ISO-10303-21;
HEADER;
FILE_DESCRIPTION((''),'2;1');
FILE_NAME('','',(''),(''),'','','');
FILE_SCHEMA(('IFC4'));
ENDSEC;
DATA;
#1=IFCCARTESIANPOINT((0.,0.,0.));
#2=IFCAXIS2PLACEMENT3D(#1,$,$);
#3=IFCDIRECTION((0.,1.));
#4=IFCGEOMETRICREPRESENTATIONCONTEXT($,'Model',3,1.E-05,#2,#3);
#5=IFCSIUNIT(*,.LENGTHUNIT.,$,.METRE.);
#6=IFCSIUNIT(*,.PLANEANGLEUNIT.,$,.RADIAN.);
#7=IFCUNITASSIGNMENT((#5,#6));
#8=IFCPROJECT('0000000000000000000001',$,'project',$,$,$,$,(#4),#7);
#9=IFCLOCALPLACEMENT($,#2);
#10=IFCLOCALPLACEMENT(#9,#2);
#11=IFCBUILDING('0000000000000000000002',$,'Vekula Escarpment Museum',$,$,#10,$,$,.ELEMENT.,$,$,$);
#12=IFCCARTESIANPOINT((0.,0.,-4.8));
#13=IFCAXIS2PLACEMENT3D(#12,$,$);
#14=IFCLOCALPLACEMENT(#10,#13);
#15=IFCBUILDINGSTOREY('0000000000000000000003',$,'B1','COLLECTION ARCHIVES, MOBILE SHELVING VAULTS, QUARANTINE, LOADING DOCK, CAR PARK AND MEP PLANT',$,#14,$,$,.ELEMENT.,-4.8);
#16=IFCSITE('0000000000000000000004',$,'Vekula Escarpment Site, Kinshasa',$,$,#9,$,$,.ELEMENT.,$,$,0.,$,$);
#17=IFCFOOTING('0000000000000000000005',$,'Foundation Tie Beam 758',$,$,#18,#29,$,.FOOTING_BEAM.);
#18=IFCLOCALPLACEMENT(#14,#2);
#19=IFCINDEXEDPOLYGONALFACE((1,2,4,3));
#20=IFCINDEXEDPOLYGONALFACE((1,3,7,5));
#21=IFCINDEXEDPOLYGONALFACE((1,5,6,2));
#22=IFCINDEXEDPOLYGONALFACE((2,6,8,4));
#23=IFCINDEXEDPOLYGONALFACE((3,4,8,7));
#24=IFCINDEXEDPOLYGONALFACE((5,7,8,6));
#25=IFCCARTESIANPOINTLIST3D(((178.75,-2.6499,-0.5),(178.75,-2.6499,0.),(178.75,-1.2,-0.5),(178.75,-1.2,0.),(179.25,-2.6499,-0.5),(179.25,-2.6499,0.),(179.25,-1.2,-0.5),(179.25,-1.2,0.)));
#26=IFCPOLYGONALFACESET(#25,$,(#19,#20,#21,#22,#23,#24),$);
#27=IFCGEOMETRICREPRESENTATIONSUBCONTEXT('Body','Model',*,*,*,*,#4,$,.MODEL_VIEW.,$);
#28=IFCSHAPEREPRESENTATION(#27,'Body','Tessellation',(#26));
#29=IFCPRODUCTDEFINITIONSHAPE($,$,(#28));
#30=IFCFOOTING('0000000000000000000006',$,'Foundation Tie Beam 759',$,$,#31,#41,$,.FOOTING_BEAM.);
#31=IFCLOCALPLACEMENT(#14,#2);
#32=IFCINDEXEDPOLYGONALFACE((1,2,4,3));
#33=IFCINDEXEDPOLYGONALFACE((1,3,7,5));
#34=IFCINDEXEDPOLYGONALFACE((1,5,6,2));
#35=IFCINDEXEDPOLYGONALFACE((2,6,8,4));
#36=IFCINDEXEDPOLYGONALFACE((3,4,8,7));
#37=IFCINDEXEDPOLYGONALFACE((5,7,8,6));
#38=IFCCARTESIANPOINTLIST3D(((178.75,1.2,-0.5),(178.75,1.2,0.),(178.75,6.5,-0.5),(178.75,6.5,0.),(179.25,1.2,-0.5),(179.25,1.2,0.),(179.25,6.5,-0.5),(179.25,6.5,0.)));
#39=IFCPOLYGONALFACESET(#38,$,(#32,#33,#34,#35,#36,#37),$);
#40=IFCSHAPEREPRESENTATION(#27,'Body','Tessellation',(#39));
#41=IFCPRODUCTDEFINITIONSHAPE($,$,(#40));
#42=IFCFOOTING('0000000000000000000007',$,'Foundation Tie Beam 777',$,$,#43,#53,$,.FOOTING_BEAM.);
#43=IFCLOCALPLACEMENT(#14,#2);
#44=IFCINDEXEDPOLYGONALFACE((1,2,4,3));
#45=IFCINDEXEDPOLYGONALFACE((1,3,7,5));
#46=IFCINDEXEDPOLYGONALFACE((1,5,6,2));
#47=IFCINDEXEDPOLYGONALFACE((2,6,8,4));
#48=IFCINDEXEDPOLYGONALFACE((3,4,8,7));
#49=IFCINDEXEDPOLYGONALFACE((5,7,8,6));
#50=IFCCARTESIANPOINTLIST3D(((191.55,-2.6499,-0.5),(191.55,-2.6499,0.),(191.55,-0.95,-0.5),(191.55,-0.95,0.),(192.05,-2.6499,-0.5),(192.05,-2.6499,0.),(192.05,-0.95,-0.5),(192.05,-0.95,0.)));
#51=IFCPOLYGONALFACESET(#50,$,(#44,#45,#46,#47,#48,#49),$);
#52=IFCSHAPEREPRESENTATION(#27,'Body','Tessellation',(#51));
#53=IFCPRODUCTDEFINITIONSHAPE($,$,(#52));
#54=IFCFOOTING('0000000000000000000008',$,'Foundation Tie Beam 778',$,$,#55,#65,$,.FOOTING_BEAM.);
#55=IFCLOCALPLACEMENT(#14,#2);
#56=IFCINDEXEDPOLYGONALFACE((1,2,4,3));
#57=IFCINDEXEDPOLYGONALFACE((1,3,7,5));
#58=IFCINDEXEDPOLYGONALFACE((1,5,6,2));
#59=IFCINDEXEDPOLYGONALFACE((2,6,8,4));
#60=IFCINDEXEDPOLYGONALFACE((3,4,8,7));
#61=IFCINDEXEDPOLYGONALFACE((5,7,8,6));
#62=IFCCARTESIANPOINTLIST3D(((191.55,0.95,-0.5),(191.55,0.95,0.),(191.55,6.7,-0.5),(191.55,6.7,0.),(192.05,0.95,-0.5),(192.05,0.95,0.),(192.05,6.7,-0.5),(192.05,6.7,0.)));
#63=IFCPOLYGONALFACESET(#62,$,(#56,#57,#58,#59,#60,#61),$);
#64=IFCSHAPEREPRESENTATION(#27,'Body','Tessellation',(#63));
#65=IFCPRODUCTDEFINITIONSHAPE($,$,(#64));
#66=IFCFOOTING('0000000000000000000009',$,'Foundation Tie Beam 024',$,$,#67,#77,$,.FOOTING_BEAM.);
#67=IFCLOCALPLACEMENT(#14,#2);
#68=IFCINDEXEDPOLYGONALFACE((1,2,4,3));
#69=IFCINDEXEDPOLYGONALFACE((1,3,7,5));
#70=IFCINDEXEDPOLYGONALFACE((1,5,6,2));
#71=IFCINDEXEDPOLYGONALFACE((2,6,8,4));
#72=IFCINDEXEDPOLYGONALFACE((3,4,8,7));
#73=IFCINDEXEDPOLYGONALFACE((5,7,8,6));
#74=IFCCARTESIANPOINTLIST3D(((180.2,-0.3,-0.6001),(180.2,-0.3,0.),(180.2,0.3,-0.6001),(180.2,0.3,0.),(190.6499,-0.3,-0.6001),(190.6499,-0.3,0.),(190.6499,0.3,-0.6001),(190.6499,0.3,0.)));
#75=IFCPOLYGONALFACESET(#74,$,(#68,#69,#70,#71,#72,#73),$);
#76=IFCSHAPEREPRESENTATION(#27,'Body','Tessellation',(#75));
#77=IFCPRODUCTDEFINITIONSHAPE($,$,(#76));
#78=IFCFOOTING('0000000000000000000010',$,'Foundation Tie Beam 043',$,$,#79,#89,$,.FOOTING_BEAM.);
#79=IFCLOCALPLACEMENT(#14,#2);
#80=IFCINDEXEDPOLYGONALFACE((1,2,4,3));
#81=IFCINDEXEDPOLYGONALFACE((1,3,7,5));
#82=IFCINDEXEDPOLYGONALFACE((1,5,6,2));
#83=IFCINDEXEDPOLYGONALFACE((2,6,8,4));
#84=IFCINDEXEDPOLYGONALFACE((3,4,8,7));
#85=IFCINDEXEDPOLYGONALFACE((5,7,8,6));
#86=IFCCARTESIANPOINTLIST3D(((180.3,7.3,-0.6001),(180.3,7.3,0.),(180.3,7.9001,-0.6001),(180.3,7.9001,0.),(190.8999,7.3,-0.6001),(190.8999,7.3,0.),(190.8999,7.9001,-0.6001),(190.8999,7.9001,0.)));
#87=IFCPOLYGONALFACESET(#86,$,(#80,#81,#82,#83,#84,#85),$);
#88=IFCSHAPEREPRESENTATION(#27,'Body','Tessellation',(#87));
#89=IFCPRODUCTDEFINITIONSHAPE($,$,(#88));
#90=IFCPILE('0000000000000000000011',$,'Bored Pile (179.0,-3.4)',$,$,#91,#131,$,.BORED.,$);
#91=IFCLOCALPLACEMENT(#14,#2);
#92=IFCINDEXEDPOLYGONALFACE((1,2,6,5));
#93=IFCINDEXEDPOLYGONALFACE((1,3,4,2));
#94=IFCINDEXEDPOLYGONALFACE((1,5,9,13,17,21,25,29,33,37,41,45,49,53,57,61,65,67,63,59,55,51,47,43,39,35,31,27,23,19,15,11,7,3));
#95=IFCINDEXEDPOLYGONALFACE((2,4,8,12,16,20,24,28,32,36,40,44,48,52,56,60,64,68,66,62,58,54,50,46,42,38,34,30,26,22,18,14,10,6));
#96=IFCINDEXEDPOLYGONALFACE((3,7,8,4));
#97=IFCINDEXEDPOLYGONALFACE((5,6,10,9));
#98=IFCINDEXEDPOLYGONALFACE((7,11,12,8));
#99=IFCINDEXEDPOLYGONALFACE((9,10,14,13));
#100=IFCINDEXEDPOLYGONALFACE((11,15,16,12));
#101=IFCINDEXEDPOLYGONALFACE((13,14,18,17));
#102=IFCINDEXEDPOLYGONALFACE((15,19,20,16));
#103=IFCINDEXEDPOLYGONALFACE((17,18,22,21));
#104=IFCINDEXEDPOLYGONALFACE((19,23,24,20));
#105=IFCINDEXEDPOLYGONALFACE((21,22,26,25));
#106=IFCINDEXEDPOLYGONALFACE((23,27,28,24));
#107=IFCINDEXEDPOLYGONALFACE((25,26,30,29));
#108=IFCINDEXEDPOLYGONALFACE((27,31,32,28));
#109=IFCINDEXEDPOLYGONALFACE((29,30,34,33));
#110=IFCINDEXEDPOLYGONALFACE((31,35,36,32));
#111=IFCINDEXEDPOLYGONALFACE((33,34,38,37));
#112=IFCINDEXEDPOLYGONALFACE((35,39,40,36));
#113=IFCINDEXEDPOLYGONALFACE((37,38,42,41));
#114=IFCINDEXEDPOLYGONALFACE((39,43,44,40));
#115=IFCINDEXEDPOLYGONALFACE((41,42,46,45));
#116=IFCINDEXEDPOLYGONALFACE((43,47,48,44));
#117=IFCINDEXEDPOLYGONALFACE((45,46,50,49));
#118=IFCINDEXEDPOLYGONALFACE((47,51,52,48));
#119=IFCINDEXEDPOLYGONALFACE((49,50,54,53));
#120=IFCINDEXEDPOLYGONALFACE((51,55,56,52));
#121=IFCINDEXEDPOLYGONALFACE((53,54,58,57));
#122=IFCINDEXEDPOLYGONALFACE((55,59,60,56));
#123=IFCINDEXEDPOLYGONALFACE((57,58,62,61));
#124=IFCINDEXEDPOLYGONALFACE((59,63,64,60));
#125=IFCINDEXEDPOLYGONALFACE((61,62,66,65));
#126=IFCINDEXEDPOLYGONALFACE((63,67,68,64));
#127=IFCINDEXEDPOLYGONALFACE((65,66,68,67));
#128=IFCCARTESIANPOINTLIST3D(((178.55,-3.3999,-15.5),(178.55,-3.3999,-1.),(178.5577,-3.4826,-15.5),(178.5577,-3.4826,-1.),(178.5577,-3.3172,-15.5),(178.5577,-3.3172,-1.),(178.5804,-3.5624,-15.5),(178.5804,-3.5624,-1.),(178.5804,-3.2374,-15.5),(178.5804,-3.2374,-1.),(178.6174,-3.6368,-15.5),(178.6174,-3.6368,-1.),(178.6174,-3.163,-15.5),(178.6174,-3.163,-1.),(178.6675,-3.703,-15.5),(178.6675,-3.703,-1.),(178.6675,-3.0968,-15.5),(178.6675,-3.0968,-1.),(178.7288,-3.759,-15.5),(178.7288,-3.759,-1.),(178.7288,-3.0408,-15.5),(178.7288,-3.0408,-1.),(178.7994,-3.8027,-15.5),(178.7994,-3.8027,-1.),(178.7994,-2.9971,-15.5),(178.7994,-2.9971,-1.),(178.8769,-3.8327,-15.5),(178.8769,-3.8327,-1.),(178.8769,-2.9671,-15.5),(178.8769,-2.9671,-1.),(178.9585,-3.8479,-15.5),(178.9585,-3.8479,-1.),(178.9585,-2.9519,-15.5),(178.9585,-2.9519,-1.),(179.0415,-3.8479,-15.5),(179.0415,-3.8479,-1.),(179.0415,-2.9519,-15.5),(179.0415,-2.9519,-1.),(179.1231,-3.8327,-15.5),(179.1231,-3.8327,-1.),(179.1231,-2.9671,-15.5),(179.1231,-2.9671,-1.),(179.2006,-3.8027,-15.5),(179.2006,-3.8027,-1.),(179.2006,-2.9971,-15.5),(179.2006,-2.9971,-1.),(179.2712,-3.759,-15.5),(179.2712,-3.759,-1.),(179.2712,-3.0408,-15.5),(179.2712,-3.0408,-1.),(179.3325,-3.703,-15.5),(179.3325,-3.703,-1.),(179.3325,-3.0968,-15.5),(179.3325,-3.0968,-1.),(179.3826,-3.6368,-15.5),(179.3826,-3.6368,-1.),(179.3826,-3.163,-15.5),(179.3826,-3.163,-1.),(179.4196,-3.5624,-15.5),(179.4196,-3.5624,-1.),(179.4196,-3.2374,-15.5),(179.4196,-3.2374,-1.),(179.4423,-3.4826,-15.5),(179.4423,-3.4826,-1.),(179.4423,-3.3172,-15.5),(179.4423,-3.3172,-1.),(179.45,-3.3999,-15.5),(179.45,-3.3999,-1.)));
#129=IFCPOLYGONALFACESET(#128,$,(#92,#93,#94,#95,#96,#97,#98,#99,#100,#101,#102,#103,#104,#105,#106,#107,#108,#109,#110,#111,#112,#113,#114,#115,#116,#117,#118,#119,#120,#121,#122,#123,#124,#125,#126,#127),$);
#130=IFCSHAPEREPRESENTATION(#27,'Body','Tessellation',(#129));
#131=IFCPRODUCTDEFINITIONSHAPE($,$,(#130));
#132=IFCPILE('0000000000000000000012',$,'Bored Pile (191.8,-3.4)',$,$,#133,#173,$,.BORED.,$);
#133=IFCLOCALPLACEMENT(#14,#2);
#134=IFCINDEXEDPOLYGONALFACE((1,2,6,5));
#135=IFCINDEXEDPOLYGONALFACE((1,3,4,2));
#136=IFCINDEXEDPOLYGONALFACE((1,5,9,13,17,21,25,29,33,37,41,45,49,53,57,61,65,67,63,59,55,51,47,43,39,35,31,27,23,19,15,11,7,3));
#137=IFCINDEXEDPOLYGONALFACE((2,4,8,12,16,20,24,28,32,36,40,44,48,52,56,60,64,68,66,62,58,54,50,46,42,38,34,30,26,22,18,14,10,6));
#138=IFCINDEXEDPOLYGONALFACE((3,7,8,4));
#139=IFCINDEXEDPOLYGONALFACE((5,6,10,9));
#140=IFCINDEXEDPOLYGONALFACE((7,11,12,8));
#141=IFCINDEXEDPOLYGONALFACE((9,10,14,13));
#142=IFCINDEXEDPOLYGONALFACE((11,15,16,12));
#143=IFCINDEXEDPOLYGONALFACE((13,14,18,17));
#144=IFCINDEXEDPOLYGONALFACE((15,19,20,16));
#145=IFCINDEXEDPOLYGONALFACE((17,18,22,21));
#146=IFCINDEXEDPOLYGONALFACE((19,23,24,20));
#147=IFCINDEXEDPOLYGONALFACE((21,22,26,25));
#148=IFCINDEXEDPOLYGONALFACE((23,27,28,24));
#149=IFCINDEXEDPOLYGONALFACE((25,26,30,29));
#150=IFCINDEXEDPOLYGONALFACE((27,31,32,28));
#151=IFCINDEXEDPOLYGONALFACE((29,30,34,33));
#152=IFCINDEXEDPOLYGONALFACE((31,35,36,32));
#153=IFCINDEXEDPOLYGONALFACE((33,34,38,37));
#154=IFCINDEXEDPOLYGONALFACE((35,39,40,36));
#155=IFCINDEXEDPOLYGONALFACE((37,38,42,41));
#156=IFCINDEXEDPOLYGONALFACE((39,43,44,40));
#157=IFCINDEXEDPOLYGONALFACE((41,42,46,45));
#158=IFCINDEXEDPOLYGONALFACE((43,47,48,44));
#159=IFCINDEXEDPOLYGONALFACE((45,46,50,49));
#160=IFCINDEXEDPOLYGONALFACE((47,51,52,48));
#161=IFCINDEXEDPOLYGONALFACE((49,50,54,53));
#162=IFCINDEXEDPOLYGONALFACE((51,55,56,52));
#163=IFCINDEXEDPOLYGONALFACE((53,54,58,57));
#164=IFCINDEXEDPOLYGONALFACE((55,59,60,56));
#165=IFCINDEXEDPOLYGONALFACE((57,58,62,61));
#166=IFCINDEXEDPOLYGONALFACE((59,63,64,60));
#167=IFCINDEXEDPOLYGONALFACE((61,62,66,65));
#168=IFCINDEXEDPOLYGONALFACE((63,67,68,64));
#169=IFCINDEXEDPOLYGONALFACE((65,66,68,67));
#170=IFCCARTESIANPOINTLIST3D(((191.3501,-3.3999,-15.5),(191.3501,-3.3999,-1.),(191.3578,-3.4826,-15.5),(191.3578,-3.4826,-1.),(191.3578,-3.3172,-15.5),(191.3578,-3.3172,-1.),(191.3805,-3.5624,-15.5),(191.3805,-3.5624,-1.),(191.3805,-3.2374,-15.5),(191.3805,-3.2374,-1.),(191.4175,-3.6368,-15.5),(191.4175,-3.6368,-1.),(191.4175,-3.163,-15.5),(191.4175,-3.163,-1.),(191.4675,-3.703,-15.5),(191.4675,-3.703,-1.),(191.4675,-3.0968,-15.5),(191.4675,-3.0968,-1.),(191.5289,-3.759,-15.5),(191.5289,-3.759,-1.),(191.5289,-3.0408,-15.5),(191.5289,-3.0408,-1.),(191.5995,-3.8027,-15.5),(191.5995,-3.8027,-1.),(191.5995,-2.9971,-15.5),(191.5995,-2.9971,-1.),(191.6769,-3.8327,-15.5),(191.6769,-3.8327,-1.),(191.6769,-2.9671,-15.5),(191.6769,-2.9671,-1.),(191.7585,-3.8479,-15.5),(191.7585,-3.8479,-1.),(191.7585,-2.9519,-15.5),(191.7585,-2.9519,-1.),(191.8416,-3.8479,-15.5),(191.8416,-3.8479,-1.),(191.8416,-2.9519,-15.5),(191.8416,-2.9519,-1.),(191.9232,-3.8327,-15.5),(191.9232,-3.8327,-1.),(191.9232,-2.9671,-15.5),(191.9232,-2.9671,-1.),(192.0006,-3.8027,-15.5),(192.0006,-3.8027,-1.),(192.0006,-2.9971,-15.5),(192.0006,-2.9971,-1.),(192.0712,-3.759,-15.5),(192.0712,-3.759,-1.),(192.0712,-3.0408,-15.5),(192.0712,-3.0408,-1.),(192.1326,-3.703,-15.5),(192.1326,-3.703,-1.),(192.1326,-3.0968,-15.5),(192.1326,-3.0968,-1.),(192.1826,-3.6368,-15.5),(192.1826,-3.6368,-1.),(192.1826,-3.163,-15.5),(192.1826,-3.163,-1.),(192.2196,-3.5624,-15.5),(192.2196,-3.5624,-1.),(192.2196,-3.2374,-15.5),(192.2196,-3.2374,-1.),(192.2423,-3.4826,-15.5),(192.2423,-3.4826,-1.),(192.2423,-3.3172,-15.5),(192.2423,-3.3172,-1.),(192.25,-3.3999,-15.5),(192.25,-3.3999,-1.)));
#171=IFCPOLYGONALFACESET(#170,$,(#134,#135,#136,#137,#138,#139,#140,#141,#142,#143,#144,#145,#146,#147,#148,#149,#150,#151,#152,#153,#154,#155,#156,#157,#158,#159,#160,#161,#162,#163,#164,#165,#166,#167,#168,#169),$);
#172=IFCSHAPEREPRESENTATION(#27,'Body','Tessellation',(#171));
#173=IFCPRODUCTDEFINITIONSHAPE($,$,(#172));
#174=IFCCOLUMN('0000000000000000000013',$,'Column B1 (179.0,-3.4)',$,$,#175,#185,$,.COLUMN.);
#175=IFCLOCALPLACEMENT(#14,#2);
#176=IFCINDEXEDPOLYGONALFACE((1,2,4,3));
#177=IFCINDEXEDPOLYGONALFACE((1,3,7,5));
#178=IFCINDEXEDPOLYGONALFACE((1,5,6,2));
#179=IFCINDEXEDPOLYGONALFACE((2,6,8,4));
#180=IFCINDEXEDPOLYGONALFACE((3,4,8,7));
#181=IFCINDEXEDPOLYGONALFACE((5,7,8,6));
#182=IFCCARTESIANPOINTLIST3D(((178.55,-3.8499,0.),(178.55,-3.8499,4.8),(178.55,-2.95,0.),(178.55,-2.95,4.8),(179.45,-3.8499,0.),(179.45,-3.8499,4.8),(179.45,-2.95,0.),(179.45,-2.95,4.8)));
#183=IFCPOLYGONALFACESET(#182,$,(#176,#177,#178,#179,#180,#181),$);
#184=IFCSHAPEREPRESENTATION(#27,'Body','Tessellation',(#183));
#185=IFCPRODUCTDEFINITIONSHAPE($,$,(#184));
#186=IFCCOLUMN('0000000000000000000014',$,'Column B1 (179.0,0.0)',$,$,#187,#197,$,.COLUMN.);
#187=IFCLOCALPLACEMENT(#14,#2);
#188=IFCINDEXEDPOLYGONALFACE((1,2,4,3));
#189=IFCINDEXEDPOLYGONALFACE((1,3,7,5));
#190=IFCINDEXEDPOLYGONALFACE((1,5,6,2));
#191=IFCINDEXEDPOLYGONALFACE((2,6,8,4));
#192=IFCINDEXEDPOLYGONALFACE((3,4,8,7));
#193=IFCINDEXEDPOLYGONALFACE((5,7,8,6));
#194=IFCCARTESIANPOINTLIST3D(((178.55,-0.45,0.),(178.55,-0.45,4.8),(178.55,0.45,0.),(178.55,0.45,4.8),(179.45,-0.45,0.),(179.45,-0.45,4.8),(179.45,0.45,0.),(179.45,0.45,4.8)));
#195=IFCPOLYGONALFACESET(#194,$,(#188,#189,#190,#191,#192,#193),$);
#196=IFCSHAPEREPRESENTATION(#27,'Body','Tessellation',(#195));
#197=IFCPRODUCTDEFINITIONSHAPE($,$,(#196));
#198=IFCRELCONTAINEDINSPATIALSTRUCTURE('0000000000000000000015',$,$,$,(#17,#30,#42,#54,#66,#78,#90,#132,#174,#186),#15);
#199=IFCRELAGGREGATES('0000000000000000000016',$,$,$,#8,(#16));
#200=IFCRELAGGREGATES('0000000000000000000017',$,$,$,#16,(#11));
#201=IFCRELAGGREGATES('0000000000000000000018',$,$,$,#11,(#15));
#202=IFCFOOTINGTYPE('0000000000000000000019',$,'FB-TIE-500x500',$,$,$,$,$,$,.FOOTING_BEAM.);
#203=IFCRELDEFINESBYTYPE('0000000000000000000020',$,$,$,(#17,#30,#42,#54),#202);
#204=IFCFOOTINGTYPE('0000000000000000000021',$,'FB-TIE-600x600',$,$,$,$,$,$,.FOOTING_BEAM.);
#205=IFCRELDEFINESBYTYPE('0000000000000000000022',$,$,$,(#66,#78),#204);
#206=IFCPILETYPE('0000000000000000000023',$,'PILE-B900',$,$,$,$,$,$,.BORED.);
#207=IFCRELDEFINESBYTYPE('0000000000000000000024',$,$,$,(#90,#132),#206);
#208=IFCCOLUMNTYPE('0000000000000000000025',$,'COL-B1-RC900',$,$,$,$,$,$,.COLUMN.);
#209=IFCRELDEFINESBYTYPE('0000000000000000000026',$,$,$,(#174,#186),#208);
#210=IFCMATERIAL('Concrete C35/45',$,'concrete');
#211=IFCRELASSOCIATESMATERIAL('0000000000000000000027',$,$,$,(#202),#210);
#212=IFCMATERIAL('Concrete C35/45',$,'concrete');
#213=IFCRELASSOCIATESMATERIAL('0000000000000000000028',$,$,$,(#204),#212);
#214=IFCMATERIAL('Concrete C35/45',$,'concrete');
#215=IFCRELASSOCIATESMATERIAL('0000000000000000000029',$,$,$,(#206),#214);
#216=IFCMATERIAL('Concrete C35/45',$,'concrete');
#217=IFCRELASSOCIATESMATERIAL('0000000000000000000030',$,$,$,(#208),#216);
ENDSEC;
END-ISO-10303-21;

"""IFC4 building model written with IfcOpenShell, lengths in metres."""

from ifc_helpers import new_model, si_unit, direction, frame, origin, origin_2d, place, context, subcontext, project, spatial, rectangle, circle, extrude, material, material_profile, profile_set, type_object, element, save


model = new_model("IFC4")

# Units and contexts
model_context = context("Model", 3, precision=1e-05, world=origin(), true_north=direction((0.0, 1.0)))
body_context = subcontext(model_context, "Body", "Model", "MODEL_VIEW")
ifc_project = project(units=[si_unit("LENGTHUNIT", "METRE"), si_unit("PLANEANGLEUNIT", "RADIAN")], contexts=[model_context])

# Site, building, storey
site_placement = place(None, origin())
site = spatial("IfcSite", under=ifc_project, at=site_placement, Name="Vekula Escarpment Site, Kinshasa", CompositionType="ELEMENT", RefElevation=0.0)
building_placement = place(site_placement, origin())
building = spatial("IfcBuilding", under=site, at=building_placement, Name="Vekula Escarpment Museum", CompositionType="ELEMENT")
storey_placement = place(building_placement, frame((0.0, 0.0, -4.8)))
storey = spatial("IfcBuildingStorey", under=building, at=storey_placement, Name="B1", Description="COLLECTION ARCHIVES, MOBILE SHELVING VAULTS, QUARANTINE, LOADING DOCK, CAR PARK AND MEP PLANT", CompositionType="ELEMENT", Elevation=-4.8)

# Footings
ifc_material_1 = material(Name="Concrete C35/45", Category="concrete")
ifc_material_profile_1 = material_profile(ifc_material_1, rectangle(XDim=0.5, YDim=0.5, at=origin_2d()), Name="RC 500x500")
ifc_profile_set_1 = profile_set([ifc_material_profile_1], Name="Concrete C35/45")
footing_type_1 = type_object("IfcFootingType", Name="FB-TIE-500x500", PredefinedType="FOOTING_BEAM", material=ifc_profile_set_1)
footing_1_placement = place(storey_placement, frame((179.0, -2.6499, -0.25), z_axis=(0.0, 1.0, 0.0), x_axis=(-1.0, 0.0, 0.0)))
element("IfcFooting", 1, at=footing_1_placement, inside=storey, type_object=footing_type_1, Name="Foundation Tie Beam 758", PredefinedType="FOOTING_BEAM", context=body_context, shape_type="SweptSolid", body=[
    extrude(rectangle(XDim=0.5, YDim=0.5, at=origin_2d()), origin(), (0.0, 0.0, 1.0), 1.45),
])
footing_2_placement = place(storey_placement, frame((179.0, 1.2, -0.25), z_axis=(0.0, 1.0, 0.0), x_axis=(-1.0, 0.0, 0.0)))
element("IfcFooting", 2, at=footing_2_placement, inside=storey, type_object=footing_type_1, Name="Foundation Tie Beam 759", PredefinedType="FOOTING_BEAM", context=body_context, shape_type="SweptSolid", body=[
    extrude(rectangle(XDim=0.5, YDim=0.5, at=origin_2d()), origin(), (0.0, 0.0, 1.0), 5.3),
])
footing_3_placement = place(storey_placement, frame((191.8, -2.6499, -0.25), z_axis=(0.0, 1.0, 0.0), x_axis=(-1.0, 0.0, 0.0)))
element("IfcFooting", 3, at=footing_3_placement, inside=storey, type_object=footing_type_1, Name="Foundation Tie Beam 777", PredefinedType="FOOTING_BEAM", context=body_context, shape_type="SweptSolid", body=[
    extrude(rectangle(XDim=0.5, YDim=0.5, at=origin_2d()), origin(), (0.0, 0.0, 1.0), 1.7),
])
footing_4_placement = place(storey_placement, frame((191.8, 0.95, -0.25), z_axis=(0.0, 1.0, 0.0), x_axis=(-1.0, 0.0, 0.0)))
element("IfcFooting", 4, at=footing_4_placement, inside=storey, type_object=footing_type_1, Name="Foundation Tie Beam 778", PredefinedType="FOOTING_BEAM", context=body_context, shape_type="SweptSolid", body=[
    extrude(rectangle(XDim=0.5, YDim=0.5, at=origin_2d()), origin(), (0.0, 0.0, 1.0), 5.75),
])
ifc_material_2 = material(Name="Concrete C35/45", Category="concrete")
ifc_material_profile_2 = material_profile(ifc_material_2, rectangle(XDim=0.6001, YDim=0.6001, at=origin_2d()), Name="RC 600x600")
ifc_profile_set_2 = profile_set([ifc_material_profile_2], Name="Concrete C35/45")
footing_type_2 = type_object("IfcFootingType", Name="FB-TIE-600x600", PredefinedType="FOOTING_BEAM", material=ifc_profile_set_2)
footing_5_placement = place(storey_placement, frame((180.2, 0.0, -0.3), z_axis=(1.0, 0.0, 0.0), x_axis=(0.0, 1.0, 0.0)))
element("IfcFooting", 5, at=footing_5_placement, inside=storey, type_object=footing_type_2, Name="Foundation Tie Beam 024", PredefinedType="FOOTING_BEAM", context=body_context, shape_type="SweptSolid", body=[
    extrude(rectangle(XDim=0.6001, YDim=0.6001, at=origin_2d()), origin(), (0.0, 0.0, 1.0), 10.45),
])
footing_6_placement = place(storey_placement, frame((180.3, 7.6001, -0.3), z_axis=(1.0, 0.0, 0.0), x_axis=(0.0, 1.0, 0.0)))
element("IfcFooting", 6, at=footing_6_placement, inside=storey, type_object=footing_type_2, Name="Foundation Tie Beam 043", PredefinedType="FOOTING_BEAM", context=body_context, shape_type="SweptSolid", body=[
    extrude(rectangle(XDim=0.6001, YDim=0.6001, at=origin_2d()), origin(), (0.0, 0.0, 1.0), 10.5999),
])

# Piles
ifc_material_3 = material(Name="Concrete C35/45", Category="concrete")
ifc_material_profile_3 = material_profile(ifc_material_3, circle(Radius=0.45, at=origin_2d()), Name="BORED PILE 900")
ifc_profile_set_3 = profile_set([ifc_material_profile_3], Name="Concrete C35/45")
pile_type = type_object("IfcPileType", Name="PILE-B900", PredefinedType="BORED", material=ifc_profile_set_3)
for number, where, z_axis, x_axis, name in (
    (7, (179.0, -3.3999, -1.0), (0.0, 0.0, -1.0), (1.0, 0.0, 0.0), "Bored Pile (179.0,-3.4)"),
    (8, (191.8, -3.3999, -1.0), (0.0, 0.0, -1.0), (1.0, 0.0, 0.0), "Bored Pile (191.8,-3.4)"),
):
    element("IfcPile", number, at=place(storey_placement, frame(where, z_axis=z_axis, x_axis=x_axis)), inside=storey, type_object=pile_type, Name=name, PredefinedType="BORED", context=body_context, shape_type="SweptSolid", body=[
        extrude(circle(Radius=0.45, at=origin_2d()), origin(), (0.0, 0.0, 1.0), 14.5),
    ])

# Columns
ifc_material_4 = material(Name="Concrete C35/45", Category="concrete")
ifc_material_profile_4 = material_profile(ifc_material_4, rectangle(XDim=0.8999, YDim=0.8999, at=origin_2d()), Name="RC 900x900")
ifc_profile_set_4 = profile_set([ifc_material_profile_4], Name="Concrete C35/45")
column_type = type_object("IfcColumnType", Name="COL-B1-RC900", PredefinedType="COLUMN", material=ifc_profile_set_4)
for number, where, z_axis, x_axis, name in (
    (9, (179.0, -3.3999, 0.0), (0.0, 0.0, 1.0), (1.0, 0.0, 0.0), "Column B1 (179.0,-3.4)"),
    (10, (179.0, 0.0, 0.0), (0.0, 0.0, 1.0), (1.0, 0.0, 0.0), "Column B1 (179.0,0.0)"),
):
    element("IfcColumn", number, at=place(storey_placement, frame(where, z_axis=z_axis, x_axis=x_axis)), inside=storey, type_object=column_type, Name=name, PredefinedType="COLUMN", context=body_context, shape_type="SweptSolid", body=[
        extrude(rectangle(XDim=0.8999, YDim=0.8999, at=origin_2d()), origin(), (0.0, 0.0, 1.0), 4.8),
    ])

save(model, "model.ifc")
